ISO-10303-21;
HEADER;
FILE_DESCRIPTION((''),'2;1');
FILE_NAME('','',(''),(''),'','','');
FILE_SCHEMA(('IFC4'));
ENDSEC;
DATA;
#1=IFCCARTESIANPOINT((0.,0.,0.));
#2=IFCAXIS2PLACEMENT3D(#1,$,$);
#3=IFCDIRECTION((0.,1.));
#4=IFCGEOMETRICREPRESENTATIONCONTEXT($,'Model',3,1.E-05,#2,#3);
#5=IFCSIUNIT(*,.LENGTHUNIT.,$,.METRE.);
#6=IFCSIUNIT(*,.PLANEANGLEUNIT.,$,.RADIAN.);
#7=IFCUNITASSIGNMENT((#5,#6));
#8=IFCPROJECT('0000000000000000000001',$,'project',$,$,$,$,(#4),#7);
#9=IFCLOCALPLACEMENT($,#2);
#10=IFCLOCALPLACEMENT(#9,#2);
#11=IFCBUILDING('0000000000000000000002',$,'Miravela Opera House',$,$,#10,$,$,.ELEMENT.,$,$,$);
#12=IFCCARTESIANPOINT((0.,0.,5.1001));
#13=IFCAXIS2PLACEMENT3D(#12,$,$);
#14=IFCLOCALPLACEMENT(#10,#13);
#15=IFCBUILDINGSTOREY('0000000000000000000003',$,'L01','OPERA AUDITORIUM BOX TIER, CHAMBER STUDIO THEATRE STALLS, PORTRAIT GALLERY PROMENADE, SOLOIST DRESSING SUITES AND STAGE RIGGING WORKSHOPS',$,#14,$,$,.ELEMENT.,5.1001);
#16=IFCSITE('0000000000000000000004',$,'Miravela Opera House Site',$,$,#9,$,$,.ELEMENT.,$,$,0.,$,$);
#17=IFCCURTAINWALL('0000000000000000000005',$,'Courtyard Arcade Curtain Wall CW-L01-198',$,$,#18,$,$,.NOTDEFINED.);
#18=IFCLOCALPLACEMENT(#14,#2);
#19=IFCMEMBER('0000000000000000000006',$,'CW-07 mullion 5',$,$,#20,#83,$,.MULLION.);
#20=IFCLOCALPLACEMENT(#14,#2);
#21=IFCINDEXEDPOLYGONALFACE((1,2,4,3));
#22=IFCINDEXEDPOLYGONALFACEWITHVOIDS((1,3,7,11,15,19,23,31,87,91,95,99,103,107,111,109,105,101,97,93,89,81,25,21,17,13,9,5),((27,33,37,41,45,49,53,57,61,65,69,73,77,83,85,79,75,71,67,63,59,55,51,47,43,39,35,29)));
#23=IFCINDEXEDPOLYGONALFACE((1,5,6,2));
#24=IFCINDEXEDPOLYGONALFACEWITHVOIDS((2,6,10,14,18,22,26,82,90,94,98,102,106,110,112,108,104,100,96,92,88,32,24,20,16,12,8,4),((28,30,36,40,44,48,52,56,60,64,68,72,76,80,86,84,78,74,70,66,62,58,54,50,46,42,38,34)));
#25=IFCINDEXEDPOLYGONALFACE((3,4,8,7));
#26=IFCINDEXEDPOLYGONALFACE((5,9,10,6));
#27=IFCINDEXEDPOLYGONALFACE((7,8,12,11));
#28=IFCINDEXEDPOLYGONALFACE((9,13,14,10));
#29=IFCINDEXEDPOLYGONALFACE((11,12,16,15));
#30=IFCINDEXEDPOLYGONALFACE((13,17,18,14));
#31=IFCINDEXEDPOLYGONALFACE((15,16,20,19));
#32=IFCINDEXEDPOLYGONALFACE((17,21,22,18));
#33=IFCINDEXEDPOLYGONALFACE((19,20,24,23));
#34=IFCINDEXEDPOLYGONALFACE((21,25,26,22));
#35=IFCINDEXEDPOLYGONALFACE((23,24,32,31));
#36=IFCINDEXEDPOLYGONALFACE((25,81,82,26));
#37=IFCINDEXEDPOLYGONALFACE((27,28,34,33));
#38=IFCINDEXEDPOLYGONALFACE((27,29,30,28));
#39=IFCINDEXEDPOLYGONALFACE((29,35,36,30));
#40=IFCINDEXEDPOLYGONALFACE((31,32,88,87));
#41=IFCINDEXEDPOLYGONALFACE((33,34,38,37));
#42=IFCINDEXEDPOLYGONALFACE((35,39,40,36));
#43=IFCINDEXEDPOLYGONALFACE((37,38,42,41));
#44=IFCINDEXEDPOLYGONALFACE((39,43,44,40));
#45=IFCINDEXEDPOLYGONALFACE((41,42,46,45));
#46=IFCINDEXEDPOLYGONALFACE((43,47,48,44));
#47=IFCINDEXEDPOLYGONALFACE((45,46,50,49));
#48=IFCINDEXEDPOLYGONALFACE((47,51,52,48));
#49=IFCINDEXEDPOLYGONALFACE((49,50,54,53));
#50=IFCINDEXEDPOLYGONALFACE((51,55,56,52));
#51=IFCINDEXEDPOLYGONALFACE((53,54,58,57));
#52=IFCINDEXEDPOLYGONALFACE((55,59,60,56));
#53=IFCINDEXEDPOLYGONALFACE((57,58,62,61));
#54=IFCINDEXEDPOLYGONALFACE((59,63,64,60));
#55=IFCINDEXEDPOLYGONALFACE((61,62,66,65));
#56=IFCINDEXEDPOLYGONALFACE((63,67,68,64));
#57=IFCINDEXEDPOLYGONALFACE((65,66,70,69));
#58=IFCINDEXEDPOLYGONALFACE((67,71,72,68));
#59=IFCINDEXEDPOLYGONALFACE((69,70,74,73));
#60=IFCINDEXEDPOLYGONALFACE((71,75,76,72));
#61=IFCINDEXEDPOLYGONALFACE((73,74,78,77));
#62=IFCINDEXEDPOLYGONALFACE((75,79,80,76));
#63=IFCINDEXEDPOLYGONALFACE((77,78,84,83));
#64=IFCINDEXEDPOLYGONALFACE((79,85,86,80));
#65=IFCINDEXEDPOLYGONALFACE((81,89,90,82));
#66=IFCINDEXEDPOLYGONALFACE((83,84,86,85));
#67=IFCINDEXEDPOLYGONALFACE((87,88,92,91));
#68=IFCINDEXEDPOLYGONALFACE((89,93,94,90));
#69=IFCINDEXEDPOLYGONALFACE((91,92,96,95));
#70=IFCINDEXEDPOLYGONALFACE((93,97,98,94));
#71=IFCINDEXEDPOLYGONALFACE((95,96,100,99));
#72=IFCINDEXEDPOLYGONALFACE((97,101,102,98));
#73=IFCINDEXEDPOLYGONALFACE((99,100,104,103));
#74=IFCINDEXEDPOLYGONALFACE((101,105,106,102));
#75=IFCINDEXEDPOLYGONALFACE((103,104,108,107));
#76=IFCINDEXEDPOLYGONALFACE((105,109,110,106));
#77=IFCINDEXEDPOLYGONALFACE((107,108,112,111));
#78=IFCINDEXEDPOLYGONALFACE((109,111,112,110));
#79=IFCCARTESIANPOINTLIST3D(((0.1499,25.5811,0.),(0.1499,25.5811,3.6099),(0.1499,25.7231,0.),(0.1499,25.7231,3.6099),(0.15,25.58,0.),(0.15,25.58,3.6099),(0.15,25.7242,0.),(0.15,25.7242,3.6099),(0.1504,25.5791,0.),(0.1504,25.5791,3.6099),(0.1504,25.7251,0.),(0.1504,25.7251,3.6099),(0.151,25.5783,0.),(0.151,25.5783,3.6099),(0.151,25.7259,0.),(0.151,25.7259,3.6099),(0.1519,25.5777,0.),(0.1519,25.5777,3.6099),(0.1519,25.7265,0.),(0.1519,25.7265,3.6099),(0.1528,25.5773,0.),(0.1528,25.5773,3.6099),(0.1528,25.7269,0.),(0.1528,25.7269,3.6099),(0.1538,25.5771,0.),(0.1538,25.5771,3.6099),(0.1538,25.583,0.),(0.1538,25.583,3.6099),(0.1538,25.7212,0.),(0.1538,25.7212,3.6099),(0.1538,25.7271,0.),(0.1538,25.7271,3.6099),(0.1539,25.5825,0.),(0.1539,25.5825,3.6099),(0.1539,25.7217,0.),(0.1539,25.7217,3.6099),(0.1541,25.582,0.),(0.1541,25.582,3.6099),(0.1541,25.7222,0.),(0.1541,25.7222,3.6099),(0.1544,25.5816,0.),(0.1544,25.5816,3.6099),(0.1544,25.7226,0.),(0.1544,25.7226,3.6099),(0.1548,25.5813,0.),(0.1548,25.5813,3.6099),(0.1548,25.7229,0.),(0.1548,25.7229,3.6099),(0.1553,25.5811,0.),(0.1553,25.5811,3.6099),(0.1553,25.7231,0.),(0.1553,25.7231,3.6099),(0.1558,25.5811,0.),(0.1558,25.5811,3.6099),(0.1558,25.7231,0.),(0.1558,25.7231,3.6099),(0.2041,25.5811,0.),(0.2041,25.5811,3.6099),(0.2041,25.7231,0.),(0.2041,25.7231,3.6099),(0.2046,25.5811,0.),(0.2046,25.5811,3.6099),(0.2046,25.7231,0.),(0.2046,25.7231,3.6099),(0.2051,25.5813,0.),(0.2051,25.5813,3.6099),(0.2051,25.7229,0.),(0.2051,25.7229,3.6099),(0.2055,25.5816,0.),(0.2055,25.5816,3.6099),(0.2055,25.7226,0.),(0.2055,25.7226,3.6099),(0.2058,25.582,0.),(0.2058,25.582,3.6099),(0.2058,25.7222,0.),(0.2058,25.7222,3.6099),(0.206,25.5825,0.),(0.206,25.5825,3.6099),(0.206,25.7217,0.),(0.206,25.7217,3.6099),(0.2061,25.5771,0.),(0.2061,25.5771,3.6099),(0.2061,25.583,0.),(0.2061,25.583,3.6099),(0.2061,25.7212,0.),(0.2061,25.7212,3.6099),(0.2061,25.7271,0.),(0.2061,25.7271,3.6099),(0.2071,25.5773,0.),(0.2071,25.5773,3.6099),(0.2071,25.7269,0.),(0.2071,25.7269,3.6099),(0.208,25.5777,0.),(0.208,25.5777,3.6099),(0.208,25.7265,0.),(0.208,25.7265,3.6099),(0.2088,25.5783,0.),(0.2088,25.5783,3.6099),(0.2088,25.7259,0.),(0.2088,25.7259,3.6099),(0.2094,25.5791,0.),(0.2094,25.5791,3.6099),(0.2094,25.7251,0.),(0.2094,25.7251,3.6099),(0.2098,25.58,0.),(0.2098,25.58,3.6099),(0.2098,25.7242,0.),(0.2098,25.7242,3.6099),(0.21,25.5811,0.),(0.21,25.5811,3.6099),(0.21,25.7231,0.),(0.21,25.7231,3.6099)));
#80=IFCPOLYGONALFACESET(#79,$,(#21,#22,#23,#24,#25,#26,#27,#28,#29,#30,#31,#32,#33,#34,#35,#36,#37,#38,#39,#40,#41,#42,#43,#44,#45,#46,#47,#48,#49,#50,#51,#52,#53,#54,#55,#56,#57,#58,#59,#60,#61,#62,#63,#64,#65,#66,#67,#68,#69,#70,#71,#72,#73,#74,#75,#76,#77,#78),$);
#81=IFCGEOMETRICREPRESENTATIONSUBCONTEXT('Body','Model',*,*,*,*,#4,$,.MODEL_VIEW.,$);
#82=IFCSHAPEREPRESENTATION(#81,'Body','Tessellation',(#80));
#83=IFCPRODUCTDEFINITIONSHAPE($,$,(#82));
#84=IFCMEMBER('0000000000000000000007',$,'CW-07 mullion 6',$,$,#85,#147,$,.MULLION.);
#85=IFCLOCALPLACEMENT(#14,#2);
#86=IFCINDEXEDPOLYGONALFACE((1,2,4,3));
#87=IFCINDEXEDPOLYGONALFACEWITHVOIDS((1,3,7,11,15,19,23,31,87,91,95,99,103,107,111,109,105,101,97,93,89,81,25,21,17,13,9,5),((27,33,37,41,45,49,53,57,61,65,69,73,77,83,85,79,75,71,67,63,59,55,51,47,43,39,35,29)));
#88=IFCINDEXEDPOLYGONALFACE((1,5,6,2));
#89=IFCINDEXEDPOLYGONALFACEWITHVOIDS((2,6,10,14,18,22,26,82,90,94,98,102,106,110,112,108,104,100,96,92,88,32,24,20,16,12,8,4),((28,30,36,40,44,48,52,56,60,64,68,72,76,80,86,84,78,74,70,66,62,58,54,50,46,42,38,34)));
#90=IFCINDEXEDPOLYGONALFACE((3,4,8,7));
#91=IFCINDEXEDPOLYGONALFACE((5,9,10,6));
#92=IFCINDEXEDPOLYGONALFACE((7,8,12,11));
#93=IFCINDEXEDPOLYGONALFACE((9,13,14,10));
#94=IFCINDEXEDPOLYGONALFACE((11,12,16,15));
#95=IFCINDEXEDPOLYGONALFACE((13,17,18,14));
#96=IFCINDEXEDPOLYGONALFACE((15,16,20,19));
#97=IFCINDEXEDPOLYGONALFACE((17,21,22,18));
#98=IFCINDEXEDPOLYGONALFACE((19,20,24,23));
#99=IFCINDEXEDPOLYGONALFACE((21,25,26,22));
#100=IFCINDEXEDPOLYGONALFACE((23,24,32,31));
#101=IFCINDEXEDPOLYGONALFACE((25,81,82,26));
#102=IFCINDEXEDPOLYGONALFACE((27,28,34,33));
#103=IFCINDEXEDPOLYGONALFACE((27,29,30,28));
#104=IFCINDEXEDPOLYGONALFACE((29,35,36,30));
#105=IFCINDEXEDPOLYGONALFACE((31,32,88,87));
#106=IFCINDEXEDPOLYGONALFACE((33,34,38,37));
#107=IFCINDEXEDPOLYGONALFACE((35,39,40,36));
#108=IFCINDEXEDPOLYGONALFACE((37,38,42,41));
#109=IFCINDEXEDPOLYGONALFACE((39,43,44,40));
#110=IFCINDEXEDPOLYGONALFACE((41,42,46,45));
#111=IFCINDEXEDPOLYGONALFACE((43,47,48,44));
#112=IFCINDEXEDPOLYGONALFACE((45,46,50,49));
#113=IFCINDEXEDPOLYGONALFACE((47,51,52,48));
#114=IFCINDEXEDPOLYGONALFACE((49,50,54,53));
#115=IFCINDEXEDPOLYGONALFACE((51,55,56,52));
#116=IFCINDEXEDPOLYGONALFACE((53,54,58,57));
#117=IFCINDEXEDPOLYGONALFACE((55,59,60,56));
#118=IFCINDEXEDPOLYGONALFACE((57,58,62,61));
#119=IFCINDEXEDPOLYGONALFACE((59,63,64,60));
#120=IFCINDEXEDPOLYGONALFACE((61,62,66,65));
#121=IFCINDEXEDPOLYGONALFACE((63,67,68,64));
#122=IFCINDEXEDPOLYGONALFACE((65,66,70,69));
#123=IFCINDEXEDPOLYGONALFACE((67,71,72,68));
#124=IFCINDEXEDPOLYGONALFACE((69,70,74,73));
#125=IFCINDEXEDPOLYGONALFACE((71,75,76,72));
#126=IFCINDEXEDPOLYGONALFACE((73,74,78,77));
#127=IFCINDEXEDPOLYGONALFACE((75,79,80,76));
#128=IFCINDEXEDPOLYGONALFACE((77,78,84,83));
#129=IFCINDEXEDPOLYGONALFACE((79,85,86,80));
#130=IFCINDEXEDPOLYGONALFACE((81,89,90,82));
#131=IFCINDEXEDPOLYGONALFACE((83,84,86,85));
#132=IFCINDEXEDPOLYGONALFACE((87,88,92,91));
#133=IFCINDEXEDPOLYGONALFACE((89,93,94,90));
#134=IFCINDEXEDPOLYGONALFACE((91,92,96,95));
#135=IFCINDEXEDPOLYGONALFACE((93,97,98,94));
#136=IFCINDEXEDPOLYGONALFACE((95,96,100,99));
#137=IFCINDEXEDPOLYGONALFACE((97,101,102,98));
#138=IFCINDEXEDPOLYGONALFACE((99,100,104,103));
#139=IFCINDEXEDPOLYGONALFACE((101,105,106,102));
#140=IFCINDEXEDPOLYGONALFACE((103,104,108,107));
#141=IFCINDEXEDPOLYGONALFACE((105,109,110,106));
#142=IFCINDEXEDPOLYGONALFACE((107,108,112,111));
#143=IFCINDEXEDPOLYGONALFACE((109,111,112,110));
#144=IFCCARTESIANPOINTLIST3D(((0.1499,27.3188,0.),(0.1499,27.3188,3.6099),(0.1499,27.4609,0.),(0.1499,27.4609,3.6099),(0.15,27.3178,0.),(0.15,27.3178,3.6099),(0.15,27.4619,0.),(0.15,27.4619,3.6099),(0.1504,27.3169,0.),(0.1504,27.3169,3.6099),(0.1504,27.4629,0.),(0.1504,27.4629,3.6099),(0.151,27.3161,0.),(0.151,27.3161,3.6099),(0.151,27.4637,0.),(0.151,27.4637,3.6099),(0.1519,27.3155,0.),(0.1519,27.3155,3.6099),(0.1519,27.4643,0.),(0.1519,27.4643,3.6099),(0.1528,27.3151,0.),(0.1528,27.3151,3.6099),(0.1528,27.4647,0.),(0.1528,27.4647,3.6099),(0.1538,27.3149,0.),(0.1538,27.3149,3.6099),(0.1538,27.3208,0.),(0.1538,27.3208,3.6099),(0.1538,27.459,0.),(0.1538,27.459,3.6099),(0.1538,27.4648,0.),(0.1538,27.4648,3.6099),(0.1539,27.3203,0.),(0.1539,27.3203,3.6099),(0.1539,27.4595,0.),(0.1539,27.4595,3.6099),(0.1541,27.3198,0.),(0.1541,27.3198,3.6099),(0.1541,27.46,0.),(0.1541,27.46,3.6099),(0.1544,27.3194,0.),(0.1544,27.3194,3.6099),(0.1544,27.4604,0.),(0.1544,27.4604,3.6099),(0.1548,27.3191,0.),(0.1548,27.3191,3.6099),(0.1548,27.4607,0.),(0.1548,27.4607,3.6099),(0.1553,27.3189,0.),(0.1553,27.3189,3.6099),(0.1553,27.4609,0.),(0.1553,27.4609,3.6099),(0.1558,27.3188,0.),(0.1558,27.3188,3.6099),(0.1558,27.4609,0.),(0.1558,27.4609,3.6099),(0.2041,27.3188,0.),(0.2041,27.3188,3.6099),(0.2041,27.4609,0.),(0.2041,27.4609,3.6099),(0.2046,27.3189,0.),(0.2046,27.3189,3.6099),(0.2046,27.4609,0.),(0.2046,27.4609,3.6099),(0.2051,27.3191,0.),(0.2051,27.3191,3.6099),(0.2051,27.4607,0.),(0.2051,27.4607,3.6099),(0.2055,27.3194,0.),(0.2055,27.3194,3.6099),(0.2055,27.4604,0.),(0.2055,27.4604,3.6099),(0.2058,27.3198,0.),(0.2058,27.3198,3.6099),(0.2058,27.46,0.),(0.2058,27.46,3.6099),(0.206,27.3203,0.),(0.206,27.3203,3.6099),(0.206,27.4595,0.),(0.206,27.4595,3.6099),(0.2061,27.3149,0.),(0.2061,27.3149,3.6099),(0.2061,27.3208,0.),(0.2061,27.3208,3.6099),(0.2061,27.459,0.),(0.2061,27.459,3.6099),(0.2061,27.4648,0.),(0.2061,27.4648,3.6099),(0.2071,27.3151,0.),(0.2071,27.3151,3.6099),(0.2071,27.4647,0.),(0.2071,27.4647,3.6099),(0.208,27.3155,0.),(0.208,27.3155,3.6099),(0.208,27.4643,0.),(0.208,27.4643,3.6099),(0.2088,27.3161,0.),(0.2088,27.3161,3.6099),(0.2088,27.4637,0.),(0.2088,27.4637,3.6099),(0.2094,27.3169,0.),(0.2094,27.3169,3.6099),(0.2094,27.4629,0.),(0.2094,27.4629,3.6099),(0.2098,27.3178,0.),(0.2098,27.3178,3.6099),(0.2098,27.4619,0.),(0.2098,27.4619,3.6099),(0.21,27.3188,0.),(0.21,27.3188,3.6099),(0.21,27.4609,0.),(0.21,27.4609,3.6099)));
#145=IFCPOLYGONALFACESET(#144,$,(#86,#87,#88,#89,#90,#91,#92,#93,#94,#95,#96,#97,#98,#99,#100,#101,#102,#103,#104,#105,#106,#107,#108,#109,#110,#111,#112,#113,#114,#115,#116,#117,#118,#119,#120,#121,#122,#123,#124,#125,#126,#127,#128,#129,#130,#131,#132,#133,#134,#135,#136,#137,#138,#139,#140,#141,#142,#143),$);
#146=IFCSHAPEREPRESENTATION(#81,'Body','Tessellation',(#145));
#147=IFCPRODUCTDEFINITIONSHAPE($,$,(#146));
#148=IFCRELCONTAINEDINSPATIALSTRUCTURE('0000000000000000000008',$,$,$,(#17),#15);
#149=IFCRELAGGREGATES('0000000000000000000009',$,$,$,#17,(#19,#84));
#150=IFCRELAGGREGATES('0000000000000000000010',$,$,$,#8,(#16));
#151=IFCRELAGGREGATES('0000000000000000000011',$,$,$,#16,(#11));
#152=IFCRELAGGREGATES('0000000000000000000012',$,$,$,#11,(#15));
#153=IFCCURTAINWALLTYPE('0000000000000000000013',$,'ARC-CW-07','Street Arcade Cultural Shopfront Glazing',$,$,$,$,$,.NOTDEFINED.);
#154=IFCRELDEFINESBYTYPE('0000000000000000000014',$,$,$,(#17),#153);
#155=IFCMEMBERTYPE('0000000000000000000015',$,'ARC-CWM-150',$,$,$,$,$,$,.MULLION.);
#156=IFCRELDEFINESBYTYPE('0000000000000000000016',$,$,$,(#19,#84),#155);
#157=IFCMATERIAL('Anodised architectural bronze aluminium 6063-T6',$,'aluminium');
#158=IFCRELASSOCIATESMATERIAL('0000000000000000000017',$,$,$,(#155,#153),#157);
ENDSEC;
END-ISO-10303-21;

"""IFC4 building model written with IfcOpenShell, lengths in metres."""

from ifc_helpers import new_model, si_unit, direction, frame, origin, origin_2d, place, context, subcontext, project, spatial, hollow_rectangle, extrude, material, material_profile, profile_set, type_object, element, aggregate, save


model = new_model("IFC4")

# Units and contexts
model_context = context("Model", 3, precision=1e-05, world=origin(), true_north=direction((0.0, 1.0)))
body_context = subcontext(model_context, "Body", "Model", "MODEL_VIEW")
ifc_project = project(units=[si_unit("LENGTHUNIT", "METRE"), si_unit("PLANEANGLEUNIT", "RADIAN")], contexts=[model_context])

# Site, building, storey
site_placement = place(None, origin())
site = spatial("IfcSite", under=ifc_project, at=site_placement, Name="Miravela Opera House Site", CompositionType="ELEMENT", RefElevation=0.0)
building_placement = place(site_placement, origin())
building = spatial("IfcBuilding", under=site, at=building_placement, Name="Miravela Opera House", CompositionType="ELEMENT")
storey_placement = place(building_placement, frame((0.0, 0.0, 5.1001)))
storey = spatial("IfcBuildingStorey", under=building, at=storey_placement, Name="L01", Description="OPERA AUDITORIUM BOX TIER, CHAMBER STUDIO THEATRE STALLS, PORTRAIT GALLERY PROMENADE, SOLOIST DRESSING SUITES AND STAGE RIGGING WORKSHOPS", CompositionType="ELEMENT", Elevation=5.1001)

# Shared definitions
ifc_material_1 = material(Name="Anodised architectural bronze aluminium 6063-T6", Category="aluminium")
ifc_material_profile_1 = material_profile(ifc_material_1, hollow_rectangle(XDim=0.0601, YDim=0.1499, WallThickness=0.0039, InnerFilletRadius=0.002, OuterFilletRadius=0.0039, at=origin_2d()), Name="CWM-60X150")
ifc_profile_set_1 = profile_set([ifc_material_profile_1])
member_type_1 = type_object("IfcMemberType", Name="ARC-CWM-150", PredefinedType="MULLION", material=ifc_profile_set_1)

# Curtain wall, members
curtain_wall_type_1 = type_object("IfcCurtainWallType", Name="ARC-CW-07", Description="Street Arcade Cultural Shopfront Glazing", PredefinedType="NOTDEFINED", material=ifc_material_1)
curtain_wall_1_placement = place(storey_placement, origin())
curtain_wall_1 = element("IfcCurtainWall", 1, at=curtain_wall_1_placement, inside=storey, type_object=curtain_wall_type_1, Name="Courtyard Arcade Curtain Wall CW-L01-198", PredefinedType="NOTDEFINED")
member_1_placement = place(storey_placement, frame((0.1799, 25.6521, 0.0), z_axis=(0.0, 0.0, 1.0), x_axis=(-1.0, 0.0, 0.0)))
member_1 = element("IfcMember", 2, at=member_1_placement, type_object=member_type_1, Name="CW-07 mullion 5", PredefinedType="MULLION", context=body_context, shape_type="SweptSolid", body=[
    extrude(hollow_rectangle(XDim=0.0601, YDim=0.1499, WallThickness=0.0039, InnerFilletRadius=0.002, OuterFilletRadius=0.0039, at=origin_2d()), origin(), (0.0, 0.0, 1.0), 3.6099),
])
member_2_placement = place(storey_placement, frame((0.1799, 27.3899, 0.0), z_axis=(0.0, 0.0, 1.0), x_axis=(-1.0, 0.0, 0.0)))
member_2 = element("IfcMember", 3, at=member_2_placement, type_object=member_type_1, Name="CW-07 mullion 6", PredefinedType="MULLION", context=body_context, shape_type="SweptSolid", body=[
    extrude(hollow_rectangle(XDim=0.0601, YDim=0.1499, WallThickness=0.0039, InnerFilletRadius=0.002, OuterFilletRadius=0.0039, at=origin_2d()), origin(), (0.0, 0.0, 1.0), 3.6099),
])

aggregate(curtain_wall_1, [member_1, member_2])

save(model, "model.ifc")
